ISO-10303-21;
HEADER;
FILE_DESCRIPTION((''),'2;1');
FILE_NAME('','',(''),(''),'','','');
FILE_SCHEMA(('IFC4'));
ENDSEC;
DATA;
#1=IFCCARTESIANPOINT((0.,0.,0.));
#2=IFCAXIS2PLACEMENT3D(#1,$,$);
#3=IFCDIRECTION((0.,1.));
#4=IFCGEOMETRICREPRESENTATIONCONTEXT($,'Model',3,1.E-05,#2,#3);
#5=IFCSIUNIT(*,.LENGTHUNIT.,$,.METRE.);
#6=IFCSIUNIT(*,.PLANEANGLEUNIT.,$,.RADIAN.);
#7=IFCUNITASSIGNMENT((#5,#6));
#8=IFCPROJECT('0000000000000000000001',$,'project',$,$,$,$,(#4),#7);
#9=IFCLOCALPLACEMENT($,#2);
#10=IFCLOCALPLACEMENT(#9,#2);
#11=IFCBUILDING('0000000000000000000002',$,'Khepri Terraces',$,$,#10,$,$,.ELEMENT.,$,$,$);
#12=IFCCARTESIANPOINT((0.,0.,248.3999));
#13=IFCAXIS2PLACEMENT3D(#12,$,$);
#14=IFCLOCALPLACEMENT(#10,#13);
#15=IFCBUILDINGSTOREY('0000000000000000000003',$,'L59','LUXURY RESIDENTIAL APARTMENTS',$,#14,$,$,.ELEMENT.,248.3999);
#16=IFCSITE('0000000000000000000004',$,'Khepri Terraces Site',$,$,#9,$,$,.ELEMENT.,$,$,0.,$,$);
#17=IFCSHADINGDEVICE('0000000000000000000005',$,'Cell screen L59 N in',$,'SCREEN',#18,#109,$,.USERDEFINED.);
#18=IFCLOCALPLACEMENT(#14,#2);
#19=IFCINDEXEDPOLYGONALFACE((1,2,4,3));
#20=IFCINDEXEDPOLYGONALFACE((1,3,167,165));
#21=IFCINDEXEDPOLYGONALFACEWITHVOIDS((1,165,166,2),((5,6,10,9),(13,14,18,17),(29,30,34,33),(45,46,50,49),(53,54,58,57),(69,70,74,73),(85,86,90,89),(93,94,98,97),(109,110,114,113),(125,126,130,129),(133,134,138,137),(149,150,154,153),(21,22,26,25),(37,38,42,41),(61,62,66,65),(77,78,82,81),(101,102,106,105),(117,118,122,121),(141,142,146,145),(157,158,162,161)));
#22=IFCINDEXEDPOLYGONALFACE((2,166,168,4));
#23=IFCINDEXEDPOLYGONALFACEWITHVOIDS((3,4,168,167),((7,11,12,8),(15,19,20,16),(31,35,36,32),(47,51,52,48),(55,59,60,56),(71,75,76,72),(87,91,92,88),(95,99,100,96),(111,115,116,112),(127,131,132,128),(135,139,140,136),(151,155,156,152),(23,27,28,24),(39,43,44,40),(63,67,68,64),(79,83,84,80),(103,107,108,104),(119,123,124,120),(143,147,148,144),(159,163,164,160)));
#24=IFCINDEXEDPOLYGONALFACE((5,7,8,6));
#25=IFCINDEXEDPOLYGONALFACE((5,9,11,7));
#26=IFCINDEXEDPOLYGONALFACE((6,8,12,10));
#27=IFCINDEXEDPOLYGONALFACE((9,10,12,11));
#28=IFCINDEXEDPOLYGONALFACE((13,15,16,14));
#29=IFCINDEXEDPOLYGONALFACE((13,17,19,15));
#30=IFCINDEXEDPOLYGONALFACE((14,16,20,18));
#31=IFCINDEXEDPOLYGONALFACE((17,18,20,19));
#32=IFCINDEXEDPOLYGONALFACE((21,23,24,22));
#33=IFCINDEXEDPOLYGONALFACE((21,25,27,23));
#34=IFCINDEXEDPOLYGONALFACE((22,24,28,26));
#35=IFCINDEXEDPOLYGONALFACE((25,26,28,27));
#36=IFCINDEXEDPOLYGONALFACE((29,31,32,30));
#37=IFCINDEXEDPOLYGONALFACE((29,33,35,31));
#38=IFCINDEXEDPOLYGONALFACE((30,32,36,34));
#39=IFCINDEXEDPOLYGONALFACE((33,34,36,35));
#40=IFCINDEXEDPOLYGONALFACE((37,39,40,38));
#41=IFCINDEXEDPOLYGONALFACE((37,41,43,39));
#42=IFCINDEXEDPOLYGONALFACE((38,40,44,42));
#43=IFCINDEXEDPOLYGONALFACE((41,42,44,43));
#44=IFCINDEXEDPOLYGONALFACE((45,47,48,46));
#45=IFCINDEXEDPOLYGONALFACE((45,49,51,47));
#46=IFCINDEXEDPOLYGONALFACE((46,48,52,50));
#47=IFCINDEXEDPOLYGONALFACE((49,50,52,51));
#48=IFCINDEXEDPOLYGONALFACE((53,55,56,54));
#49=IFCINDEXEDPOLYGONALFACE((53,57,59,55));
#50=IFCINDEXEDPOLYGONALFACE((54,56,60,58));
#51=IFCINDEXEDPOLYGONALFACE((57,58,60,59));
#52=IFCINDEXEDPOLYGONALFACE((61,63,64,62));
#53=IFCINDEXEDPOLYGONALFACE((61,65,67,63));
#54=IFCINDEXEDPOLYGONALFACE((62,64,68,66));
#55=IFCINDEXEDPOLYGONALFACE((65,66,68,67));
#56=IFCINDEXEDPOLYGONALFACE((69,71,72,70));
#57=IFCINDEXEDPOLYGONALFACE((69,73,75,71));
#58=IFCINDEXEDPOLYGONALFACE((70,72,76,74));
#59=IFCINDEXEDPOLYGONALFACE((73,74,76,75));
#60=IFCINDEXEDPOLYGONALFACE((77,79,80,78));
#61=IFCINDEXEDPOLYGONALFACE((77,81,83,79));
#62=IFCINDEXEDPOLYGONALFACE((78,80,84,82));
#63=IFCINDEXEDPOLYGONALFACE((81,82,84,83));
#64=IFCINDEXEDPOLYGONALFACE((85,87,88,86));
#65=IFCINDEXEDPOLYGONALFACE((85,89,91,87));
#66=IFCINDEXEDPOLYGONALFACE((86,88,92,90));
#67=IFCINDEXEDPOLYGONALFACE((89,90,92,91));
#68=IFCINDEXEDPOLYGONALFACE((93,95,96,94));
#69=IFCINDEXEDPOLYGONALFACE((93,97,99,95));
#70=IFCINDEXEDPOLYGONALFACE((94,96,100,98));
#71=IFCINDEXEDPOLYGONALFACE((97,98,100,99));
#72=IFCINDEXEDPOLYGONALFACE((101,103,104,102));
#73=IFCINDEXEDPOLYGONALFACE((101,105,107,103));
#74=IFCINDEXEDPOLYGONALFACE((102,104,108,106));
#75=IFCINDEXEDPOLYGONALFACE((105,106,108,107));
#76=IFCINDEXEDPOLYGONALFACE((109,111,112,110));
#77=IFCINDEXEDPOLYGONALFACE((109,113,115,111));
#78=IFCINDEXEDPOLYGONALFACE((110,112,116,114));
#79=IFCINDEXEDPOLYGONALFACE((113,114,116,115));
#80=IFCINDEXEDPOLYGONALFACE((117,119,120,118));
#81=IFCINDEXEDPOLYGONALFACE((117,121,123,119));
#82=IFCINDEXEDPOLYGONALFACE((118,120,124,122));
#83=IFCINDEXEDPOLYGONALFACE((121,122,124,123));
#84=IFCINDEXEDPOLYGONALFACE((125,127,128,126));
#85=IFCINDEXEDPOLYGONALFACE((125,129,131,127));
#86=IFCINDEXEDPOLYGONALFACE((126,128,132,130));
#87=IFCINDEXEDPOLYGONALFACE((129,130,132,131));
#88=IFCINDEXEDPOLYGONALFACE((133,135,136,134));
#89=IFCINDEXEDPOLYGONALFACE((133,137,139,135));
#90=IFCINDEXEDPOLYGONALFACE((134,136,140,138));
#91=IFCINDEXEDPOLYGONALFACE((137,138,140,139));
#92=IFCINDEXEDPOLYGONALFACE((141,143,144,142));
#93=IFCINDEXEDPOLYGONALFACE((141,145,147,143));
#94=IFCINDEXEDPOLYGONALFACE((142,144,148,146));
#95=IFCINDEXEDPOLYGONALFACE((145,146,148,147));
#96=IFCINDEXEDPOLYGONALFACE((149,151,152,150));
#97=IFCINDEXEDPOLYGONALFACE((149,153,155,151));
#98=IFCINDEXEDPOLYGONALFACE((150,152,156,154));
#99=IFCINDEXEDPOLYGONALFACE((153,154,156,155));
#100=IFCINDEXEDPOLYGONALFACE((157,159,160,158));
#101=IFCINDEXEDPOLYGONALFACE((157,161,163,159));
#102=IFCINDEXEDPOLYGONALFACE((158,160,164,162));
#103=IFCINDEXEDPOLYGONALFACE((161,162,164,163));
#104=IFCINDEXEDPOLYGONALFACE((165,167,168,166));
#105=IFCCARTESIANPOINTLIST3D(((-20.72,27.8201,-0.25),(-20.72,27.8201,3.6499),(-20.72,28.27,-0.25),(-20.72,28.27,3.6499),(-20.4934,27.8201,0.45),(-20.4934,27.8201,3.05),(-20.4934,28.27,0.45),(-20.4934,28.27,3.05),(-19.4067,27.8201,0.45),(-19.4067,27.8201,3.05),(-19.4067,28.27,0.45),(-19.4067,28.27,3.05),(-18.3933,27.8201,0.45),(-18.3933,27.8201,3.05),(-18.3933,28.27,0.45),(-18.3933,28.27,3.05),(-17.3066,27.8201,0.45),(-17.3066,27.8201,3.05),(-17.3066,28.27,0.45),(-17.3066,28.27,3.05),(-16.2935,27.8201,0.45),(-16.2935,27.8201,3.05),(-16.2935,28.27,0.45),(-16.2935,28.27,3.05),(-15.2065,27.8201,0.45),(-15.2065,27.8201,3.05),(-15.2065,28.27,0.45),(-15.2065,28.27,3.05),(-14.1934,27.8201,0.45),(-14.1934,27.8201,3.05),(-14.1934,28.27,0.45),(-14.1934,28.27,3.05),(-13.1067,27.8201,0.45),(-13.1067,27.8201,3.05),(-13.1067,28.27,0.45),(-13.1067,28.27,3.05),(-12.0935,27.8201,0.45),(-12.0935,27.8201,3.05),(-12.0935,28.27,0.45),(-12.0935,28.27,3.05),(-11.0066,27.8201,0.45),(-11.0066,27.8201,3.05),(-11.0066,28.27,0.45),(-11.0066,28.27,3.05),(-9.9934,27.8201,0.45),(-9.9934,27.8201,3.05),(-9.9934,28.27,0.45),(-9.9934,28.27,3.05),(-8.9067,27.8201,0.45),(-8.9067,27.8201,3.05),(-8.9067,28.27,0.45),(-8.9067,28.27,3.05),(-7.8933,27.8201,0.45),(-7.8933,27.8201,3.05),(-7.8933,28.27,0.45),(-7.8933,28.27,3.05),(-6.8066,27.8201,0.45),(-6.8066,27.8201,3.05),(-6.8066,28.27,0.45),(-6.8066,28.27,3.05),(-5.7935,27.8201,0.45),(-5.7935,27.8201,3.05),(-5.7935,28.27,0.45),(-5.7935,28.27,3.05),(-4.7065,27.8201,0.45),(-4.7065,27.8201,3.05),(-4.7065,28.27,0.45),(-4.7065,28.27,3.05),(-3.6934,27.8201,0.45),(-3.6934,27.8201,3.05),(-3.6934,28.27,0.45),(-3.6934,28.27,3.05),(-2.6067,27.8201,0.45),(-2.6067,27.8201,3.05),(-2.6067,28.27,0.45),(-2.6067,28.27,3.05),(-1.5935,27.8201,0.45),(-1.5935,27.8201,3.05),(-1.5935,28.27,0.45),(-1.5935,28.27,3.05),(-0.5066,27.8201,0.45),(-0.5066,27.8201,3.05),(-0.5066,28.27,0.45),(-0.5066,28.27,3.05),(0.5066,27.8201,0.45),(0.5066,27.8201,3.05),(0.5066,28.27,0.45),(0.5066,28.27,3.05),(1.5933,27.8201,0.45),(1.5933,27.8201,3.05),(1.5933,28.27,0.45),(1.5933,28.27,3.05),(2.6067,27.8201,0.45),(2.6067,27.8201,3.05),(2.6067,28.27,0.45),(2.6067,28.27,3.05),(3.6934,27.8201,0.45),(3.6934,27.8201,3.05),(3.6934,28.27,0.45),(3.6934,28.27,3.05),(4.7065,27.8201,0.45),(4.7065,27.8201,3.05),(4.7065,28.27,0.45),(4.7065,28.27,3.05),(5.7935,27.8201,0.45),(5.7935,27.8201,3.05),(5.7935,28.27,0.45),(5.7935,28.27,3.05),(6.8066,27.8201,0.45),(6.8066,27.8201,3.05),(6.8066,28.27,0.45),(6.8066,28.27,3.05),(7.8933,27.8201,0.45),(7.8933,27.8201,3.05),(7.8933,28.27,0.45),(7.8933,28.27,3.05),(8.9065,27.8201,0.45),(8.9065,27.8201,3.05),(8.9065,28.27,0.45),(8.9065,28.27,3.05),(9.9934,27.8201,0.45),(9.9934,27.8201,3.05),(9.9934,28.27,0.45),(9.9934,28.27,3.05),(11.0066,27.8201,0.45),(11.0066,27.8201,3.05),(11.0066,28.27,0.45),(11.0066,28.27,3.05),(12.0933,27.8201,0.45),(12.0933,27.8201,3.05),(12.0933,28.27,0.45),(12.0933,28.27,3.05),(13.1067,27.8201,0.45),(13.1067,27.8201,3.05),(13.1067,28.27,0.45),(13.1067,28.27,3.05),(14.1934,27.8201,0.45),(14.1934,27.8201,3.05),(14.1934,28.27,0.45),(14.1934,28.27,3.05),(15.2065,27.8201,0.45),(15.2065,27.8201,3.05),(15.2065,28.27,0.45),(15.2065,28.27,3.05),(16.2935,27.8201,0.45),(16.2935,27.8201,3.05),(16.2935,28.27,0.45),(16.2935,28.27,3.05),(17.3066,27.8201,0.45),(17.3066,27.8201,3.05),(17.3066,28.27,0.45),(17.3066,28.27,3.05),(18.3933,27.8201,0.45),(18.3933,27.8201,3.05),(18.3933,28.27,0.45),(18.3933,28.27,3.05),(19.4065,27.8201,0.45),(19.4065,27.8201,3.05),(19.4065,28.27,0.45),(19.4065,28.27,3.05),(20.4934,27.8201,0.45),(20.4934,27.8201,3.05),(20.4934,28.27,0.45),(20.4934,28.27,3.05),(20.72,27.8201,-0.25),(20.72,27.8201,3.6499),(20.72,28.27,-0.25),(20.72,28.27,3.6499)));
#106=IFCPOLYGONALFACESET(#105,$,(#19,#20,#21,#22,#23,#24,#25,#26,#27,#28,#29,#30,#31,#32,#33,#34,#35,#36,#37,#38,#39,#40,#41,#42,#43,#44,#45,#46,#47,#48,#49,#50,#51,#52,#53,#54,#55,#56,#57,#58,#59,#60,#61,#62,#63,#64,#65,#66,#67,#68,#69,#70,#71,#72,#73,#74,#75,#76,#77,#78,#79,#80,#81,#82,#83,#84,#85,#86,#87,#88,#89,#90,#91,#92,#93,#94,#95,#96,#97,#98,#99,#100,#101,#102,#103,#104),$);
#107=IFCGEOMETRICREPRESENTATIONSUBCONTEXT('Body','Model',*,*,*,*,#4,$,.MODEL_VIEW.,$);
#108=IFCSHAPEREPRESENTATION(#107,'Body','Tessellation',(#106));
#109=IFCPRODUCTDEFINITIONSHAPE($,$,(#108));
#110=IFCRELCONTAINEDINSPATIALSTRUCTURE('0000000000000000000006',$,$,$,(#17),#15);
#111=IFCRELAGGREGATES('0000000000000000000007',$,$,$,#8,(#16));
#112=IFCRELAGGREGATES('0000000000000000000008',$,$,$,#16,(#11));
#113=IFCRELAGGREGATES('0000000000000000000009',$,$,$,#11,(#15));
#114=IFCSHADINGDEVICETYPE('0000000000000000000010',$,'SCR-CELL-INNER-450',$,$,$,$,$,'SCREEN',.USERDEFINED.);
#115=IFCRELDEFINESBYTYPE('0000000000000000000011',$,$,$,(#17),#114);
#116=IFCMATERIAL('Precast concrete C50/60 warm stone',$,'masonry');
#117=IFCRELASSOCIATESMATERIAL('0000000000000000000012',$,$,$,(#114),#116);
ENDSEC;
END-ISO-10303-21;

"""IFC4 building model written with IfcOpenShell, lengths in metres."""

from ifc_helpers import new_model, si_unit, direction, frame, origin, place, context, subcontext, project, spatial, polyline, outline, extrude, material, type_object, element, save


model = new_model("IFC4")

# Units and contexts
model_context = context("Model", 3, precision=1e-05, world=origin(), true_north=direction((0.0, 1.0)))
body_context = subcontext(model_context, "Body", "Model", "MODEL_VIEW")
ifc_project = project(units=[si_unit("LENGTHUNIT", "METRE"), si_unit("PLANEANGLEUNIT", "RADIAN")], contexts=[model_context])

# Site, building, storey
site_placement = place(None, origin())
site = spatial("IfcSite", under=ifc_project, at=site_placement, Name="Khepri Terraces Site", CompositionType="ELEMENT", RefElevation=0.0)
building_placement = place(site_placement, origin())
building = spatial("IfcBuilding", under=site, at=building_placement, Name="Khepri Terraces", CompositionType="ELEMENT")
storey_placement = place(building_placement, frame((0.0, 0.0, 248.3999)))
storey = spatial("IfcBuildingStorey", under=building, at=storey_placement, Name="L59", Description="LUXURY RESIDENTIAL APARTMENTS", CompositionType="ELEMENT", Elevation=248.3999)

# Shared definitions
ifc_material_1 = material(Name="Precast concrete C50/60 warm stone", Category="masonry")

# Shading device
shading_device_type_1 = type_object("IfcShadingDeviceType", Name="SCR-CELL-INNER-450", ElementType="SCREEN", PredefinedType="USERDEFINED", material=ifc_material_1)
shading_device_1_placement = place(storey_placement, frame((20.72, 27.8201, -0.25), z_axis=(0.0, 1.0, 0.0), x_axis=(-1.0, 0.0, 0.0)))
element("IfcShadingDevice", 1, at=shading_device_1_placement, inside=storey, type_object=shading_device_type_1, Name="Cell screen L59 N in", ObjectType="SCREEN", PredefinedType="USERDEFINED", context=body_context, shape_type="SweptSolid", body=[
    extrude(outline(polyline([(0.0, 0.0), (41.4399, 0.0), (41.4399, 3.8999), (0.0, 3.8999), (0.0, 0.0)]), holes=[polyline([(0.2266, 0.7), (1.3135, 0.7), (1.3135, 3.3), (0.2266, 3.3), (0.2266, 0.7)]), polyline([(2.3267, 0.7), (3.4133, 0.7), (3.4133, 3.3), (2.3267, 3.3), (2.3267, 0.7)]), polyline([(4.4265, 0.7), (5.5134, 0.7), (5.5134, 3.3), (4.4265, 3.3), (4.4265, 0.7)]), polyline([(6.5266, 0.7), (7.6133, 0.7), (7.6133, 3.3), (6.5266, 3.3), (6.5266, 0.7)]), polyline([(8.6267, 0.7), (9.7134, 0.7), (9.7134, 3.3), (8.6267, 3.3), (8.6267, 0.7)]), polyline([(10.7266, 0.7), (11.8135, 0.7), (11.8135, 3.3), (10.7266, 3.3), (10.7266, 0.7)]), polyline([(12.8267, 0.7), (13.9133, 0.7), (13.9133, 3.3), (12.8267, 3.3), (12.8267, 0.7)]), polyline([(14.9265, 0.7), (16.0134, 0.7), (16.0134, 3.3), (14.9265, 3.3), (14.9265, 0.7)]), polyline([(17.0266, 0.7), (18.1133, 0.7), (18.1133, 3.3), (17.0266, 3.3), (17.0266, 0.7)]), polyline([(19.1267, 0.7), (20.2134, 0.7), (20.2134, 3.3), (19.1267, 3.3), (19.1267, 0.7)]), polyline([(21.2266, 0.7), (22.3135, 0.7), (22.3135, 3.3), (21.2266, 3.3), (21.2266, 0.7)]), polyline([(23.3267, 0.7), (24.4133, 0.7), (24.4133, 3.3), (23.3267, 3.3), (23.3267, 0.7)]), polyline([(25.4265, 0.7), (26.5134, 0.7), (26.5134, 3.3), (25.4265, 3.3), (25.4265, 0.7)]), polyline([(27.5266, 0.7), (28.6133, 0.7), (28.6133, 3.3), (27.5266, 3.3), (27.5266, 0.7)]), polyline([(29.6267, 0.7), (30.7134, 0.7), (30.7134, 3.3), (29.6267, 3.3), (29.6267, 0.7)]), polyline([(31.7266, 0.7), (32.8135, 0.7), (32.8135, 3.3), (31.7266, 3.3), (31.7266, 0.7)]), polyline([(33.8267, 0.7), (34.9133, 0.7), (34.9133, 3.3), (33.8267, 3.3), (33.8267, 0.7)]), polyline([(35.9265, 0.7), (37.0134, 0.7), (37.0134, 3.3), (35.9265, 3.3), (35.9265, 0.7)]), polyline([(38.0266, 0.7), (39.1133, 0.7), (39.1133, 3.3), (38.0266, 3.3), (38.0266, 0.7)]), polyline([(40.1267, 0.7), (41.2134, 0.7), (41.2134, 3.3), (40.1267, 3.3), (40.1267, 0.7)])]), origin(), (0.0, 0.0, 1.0), 0.45),
])

save(model, "model.ifc")
